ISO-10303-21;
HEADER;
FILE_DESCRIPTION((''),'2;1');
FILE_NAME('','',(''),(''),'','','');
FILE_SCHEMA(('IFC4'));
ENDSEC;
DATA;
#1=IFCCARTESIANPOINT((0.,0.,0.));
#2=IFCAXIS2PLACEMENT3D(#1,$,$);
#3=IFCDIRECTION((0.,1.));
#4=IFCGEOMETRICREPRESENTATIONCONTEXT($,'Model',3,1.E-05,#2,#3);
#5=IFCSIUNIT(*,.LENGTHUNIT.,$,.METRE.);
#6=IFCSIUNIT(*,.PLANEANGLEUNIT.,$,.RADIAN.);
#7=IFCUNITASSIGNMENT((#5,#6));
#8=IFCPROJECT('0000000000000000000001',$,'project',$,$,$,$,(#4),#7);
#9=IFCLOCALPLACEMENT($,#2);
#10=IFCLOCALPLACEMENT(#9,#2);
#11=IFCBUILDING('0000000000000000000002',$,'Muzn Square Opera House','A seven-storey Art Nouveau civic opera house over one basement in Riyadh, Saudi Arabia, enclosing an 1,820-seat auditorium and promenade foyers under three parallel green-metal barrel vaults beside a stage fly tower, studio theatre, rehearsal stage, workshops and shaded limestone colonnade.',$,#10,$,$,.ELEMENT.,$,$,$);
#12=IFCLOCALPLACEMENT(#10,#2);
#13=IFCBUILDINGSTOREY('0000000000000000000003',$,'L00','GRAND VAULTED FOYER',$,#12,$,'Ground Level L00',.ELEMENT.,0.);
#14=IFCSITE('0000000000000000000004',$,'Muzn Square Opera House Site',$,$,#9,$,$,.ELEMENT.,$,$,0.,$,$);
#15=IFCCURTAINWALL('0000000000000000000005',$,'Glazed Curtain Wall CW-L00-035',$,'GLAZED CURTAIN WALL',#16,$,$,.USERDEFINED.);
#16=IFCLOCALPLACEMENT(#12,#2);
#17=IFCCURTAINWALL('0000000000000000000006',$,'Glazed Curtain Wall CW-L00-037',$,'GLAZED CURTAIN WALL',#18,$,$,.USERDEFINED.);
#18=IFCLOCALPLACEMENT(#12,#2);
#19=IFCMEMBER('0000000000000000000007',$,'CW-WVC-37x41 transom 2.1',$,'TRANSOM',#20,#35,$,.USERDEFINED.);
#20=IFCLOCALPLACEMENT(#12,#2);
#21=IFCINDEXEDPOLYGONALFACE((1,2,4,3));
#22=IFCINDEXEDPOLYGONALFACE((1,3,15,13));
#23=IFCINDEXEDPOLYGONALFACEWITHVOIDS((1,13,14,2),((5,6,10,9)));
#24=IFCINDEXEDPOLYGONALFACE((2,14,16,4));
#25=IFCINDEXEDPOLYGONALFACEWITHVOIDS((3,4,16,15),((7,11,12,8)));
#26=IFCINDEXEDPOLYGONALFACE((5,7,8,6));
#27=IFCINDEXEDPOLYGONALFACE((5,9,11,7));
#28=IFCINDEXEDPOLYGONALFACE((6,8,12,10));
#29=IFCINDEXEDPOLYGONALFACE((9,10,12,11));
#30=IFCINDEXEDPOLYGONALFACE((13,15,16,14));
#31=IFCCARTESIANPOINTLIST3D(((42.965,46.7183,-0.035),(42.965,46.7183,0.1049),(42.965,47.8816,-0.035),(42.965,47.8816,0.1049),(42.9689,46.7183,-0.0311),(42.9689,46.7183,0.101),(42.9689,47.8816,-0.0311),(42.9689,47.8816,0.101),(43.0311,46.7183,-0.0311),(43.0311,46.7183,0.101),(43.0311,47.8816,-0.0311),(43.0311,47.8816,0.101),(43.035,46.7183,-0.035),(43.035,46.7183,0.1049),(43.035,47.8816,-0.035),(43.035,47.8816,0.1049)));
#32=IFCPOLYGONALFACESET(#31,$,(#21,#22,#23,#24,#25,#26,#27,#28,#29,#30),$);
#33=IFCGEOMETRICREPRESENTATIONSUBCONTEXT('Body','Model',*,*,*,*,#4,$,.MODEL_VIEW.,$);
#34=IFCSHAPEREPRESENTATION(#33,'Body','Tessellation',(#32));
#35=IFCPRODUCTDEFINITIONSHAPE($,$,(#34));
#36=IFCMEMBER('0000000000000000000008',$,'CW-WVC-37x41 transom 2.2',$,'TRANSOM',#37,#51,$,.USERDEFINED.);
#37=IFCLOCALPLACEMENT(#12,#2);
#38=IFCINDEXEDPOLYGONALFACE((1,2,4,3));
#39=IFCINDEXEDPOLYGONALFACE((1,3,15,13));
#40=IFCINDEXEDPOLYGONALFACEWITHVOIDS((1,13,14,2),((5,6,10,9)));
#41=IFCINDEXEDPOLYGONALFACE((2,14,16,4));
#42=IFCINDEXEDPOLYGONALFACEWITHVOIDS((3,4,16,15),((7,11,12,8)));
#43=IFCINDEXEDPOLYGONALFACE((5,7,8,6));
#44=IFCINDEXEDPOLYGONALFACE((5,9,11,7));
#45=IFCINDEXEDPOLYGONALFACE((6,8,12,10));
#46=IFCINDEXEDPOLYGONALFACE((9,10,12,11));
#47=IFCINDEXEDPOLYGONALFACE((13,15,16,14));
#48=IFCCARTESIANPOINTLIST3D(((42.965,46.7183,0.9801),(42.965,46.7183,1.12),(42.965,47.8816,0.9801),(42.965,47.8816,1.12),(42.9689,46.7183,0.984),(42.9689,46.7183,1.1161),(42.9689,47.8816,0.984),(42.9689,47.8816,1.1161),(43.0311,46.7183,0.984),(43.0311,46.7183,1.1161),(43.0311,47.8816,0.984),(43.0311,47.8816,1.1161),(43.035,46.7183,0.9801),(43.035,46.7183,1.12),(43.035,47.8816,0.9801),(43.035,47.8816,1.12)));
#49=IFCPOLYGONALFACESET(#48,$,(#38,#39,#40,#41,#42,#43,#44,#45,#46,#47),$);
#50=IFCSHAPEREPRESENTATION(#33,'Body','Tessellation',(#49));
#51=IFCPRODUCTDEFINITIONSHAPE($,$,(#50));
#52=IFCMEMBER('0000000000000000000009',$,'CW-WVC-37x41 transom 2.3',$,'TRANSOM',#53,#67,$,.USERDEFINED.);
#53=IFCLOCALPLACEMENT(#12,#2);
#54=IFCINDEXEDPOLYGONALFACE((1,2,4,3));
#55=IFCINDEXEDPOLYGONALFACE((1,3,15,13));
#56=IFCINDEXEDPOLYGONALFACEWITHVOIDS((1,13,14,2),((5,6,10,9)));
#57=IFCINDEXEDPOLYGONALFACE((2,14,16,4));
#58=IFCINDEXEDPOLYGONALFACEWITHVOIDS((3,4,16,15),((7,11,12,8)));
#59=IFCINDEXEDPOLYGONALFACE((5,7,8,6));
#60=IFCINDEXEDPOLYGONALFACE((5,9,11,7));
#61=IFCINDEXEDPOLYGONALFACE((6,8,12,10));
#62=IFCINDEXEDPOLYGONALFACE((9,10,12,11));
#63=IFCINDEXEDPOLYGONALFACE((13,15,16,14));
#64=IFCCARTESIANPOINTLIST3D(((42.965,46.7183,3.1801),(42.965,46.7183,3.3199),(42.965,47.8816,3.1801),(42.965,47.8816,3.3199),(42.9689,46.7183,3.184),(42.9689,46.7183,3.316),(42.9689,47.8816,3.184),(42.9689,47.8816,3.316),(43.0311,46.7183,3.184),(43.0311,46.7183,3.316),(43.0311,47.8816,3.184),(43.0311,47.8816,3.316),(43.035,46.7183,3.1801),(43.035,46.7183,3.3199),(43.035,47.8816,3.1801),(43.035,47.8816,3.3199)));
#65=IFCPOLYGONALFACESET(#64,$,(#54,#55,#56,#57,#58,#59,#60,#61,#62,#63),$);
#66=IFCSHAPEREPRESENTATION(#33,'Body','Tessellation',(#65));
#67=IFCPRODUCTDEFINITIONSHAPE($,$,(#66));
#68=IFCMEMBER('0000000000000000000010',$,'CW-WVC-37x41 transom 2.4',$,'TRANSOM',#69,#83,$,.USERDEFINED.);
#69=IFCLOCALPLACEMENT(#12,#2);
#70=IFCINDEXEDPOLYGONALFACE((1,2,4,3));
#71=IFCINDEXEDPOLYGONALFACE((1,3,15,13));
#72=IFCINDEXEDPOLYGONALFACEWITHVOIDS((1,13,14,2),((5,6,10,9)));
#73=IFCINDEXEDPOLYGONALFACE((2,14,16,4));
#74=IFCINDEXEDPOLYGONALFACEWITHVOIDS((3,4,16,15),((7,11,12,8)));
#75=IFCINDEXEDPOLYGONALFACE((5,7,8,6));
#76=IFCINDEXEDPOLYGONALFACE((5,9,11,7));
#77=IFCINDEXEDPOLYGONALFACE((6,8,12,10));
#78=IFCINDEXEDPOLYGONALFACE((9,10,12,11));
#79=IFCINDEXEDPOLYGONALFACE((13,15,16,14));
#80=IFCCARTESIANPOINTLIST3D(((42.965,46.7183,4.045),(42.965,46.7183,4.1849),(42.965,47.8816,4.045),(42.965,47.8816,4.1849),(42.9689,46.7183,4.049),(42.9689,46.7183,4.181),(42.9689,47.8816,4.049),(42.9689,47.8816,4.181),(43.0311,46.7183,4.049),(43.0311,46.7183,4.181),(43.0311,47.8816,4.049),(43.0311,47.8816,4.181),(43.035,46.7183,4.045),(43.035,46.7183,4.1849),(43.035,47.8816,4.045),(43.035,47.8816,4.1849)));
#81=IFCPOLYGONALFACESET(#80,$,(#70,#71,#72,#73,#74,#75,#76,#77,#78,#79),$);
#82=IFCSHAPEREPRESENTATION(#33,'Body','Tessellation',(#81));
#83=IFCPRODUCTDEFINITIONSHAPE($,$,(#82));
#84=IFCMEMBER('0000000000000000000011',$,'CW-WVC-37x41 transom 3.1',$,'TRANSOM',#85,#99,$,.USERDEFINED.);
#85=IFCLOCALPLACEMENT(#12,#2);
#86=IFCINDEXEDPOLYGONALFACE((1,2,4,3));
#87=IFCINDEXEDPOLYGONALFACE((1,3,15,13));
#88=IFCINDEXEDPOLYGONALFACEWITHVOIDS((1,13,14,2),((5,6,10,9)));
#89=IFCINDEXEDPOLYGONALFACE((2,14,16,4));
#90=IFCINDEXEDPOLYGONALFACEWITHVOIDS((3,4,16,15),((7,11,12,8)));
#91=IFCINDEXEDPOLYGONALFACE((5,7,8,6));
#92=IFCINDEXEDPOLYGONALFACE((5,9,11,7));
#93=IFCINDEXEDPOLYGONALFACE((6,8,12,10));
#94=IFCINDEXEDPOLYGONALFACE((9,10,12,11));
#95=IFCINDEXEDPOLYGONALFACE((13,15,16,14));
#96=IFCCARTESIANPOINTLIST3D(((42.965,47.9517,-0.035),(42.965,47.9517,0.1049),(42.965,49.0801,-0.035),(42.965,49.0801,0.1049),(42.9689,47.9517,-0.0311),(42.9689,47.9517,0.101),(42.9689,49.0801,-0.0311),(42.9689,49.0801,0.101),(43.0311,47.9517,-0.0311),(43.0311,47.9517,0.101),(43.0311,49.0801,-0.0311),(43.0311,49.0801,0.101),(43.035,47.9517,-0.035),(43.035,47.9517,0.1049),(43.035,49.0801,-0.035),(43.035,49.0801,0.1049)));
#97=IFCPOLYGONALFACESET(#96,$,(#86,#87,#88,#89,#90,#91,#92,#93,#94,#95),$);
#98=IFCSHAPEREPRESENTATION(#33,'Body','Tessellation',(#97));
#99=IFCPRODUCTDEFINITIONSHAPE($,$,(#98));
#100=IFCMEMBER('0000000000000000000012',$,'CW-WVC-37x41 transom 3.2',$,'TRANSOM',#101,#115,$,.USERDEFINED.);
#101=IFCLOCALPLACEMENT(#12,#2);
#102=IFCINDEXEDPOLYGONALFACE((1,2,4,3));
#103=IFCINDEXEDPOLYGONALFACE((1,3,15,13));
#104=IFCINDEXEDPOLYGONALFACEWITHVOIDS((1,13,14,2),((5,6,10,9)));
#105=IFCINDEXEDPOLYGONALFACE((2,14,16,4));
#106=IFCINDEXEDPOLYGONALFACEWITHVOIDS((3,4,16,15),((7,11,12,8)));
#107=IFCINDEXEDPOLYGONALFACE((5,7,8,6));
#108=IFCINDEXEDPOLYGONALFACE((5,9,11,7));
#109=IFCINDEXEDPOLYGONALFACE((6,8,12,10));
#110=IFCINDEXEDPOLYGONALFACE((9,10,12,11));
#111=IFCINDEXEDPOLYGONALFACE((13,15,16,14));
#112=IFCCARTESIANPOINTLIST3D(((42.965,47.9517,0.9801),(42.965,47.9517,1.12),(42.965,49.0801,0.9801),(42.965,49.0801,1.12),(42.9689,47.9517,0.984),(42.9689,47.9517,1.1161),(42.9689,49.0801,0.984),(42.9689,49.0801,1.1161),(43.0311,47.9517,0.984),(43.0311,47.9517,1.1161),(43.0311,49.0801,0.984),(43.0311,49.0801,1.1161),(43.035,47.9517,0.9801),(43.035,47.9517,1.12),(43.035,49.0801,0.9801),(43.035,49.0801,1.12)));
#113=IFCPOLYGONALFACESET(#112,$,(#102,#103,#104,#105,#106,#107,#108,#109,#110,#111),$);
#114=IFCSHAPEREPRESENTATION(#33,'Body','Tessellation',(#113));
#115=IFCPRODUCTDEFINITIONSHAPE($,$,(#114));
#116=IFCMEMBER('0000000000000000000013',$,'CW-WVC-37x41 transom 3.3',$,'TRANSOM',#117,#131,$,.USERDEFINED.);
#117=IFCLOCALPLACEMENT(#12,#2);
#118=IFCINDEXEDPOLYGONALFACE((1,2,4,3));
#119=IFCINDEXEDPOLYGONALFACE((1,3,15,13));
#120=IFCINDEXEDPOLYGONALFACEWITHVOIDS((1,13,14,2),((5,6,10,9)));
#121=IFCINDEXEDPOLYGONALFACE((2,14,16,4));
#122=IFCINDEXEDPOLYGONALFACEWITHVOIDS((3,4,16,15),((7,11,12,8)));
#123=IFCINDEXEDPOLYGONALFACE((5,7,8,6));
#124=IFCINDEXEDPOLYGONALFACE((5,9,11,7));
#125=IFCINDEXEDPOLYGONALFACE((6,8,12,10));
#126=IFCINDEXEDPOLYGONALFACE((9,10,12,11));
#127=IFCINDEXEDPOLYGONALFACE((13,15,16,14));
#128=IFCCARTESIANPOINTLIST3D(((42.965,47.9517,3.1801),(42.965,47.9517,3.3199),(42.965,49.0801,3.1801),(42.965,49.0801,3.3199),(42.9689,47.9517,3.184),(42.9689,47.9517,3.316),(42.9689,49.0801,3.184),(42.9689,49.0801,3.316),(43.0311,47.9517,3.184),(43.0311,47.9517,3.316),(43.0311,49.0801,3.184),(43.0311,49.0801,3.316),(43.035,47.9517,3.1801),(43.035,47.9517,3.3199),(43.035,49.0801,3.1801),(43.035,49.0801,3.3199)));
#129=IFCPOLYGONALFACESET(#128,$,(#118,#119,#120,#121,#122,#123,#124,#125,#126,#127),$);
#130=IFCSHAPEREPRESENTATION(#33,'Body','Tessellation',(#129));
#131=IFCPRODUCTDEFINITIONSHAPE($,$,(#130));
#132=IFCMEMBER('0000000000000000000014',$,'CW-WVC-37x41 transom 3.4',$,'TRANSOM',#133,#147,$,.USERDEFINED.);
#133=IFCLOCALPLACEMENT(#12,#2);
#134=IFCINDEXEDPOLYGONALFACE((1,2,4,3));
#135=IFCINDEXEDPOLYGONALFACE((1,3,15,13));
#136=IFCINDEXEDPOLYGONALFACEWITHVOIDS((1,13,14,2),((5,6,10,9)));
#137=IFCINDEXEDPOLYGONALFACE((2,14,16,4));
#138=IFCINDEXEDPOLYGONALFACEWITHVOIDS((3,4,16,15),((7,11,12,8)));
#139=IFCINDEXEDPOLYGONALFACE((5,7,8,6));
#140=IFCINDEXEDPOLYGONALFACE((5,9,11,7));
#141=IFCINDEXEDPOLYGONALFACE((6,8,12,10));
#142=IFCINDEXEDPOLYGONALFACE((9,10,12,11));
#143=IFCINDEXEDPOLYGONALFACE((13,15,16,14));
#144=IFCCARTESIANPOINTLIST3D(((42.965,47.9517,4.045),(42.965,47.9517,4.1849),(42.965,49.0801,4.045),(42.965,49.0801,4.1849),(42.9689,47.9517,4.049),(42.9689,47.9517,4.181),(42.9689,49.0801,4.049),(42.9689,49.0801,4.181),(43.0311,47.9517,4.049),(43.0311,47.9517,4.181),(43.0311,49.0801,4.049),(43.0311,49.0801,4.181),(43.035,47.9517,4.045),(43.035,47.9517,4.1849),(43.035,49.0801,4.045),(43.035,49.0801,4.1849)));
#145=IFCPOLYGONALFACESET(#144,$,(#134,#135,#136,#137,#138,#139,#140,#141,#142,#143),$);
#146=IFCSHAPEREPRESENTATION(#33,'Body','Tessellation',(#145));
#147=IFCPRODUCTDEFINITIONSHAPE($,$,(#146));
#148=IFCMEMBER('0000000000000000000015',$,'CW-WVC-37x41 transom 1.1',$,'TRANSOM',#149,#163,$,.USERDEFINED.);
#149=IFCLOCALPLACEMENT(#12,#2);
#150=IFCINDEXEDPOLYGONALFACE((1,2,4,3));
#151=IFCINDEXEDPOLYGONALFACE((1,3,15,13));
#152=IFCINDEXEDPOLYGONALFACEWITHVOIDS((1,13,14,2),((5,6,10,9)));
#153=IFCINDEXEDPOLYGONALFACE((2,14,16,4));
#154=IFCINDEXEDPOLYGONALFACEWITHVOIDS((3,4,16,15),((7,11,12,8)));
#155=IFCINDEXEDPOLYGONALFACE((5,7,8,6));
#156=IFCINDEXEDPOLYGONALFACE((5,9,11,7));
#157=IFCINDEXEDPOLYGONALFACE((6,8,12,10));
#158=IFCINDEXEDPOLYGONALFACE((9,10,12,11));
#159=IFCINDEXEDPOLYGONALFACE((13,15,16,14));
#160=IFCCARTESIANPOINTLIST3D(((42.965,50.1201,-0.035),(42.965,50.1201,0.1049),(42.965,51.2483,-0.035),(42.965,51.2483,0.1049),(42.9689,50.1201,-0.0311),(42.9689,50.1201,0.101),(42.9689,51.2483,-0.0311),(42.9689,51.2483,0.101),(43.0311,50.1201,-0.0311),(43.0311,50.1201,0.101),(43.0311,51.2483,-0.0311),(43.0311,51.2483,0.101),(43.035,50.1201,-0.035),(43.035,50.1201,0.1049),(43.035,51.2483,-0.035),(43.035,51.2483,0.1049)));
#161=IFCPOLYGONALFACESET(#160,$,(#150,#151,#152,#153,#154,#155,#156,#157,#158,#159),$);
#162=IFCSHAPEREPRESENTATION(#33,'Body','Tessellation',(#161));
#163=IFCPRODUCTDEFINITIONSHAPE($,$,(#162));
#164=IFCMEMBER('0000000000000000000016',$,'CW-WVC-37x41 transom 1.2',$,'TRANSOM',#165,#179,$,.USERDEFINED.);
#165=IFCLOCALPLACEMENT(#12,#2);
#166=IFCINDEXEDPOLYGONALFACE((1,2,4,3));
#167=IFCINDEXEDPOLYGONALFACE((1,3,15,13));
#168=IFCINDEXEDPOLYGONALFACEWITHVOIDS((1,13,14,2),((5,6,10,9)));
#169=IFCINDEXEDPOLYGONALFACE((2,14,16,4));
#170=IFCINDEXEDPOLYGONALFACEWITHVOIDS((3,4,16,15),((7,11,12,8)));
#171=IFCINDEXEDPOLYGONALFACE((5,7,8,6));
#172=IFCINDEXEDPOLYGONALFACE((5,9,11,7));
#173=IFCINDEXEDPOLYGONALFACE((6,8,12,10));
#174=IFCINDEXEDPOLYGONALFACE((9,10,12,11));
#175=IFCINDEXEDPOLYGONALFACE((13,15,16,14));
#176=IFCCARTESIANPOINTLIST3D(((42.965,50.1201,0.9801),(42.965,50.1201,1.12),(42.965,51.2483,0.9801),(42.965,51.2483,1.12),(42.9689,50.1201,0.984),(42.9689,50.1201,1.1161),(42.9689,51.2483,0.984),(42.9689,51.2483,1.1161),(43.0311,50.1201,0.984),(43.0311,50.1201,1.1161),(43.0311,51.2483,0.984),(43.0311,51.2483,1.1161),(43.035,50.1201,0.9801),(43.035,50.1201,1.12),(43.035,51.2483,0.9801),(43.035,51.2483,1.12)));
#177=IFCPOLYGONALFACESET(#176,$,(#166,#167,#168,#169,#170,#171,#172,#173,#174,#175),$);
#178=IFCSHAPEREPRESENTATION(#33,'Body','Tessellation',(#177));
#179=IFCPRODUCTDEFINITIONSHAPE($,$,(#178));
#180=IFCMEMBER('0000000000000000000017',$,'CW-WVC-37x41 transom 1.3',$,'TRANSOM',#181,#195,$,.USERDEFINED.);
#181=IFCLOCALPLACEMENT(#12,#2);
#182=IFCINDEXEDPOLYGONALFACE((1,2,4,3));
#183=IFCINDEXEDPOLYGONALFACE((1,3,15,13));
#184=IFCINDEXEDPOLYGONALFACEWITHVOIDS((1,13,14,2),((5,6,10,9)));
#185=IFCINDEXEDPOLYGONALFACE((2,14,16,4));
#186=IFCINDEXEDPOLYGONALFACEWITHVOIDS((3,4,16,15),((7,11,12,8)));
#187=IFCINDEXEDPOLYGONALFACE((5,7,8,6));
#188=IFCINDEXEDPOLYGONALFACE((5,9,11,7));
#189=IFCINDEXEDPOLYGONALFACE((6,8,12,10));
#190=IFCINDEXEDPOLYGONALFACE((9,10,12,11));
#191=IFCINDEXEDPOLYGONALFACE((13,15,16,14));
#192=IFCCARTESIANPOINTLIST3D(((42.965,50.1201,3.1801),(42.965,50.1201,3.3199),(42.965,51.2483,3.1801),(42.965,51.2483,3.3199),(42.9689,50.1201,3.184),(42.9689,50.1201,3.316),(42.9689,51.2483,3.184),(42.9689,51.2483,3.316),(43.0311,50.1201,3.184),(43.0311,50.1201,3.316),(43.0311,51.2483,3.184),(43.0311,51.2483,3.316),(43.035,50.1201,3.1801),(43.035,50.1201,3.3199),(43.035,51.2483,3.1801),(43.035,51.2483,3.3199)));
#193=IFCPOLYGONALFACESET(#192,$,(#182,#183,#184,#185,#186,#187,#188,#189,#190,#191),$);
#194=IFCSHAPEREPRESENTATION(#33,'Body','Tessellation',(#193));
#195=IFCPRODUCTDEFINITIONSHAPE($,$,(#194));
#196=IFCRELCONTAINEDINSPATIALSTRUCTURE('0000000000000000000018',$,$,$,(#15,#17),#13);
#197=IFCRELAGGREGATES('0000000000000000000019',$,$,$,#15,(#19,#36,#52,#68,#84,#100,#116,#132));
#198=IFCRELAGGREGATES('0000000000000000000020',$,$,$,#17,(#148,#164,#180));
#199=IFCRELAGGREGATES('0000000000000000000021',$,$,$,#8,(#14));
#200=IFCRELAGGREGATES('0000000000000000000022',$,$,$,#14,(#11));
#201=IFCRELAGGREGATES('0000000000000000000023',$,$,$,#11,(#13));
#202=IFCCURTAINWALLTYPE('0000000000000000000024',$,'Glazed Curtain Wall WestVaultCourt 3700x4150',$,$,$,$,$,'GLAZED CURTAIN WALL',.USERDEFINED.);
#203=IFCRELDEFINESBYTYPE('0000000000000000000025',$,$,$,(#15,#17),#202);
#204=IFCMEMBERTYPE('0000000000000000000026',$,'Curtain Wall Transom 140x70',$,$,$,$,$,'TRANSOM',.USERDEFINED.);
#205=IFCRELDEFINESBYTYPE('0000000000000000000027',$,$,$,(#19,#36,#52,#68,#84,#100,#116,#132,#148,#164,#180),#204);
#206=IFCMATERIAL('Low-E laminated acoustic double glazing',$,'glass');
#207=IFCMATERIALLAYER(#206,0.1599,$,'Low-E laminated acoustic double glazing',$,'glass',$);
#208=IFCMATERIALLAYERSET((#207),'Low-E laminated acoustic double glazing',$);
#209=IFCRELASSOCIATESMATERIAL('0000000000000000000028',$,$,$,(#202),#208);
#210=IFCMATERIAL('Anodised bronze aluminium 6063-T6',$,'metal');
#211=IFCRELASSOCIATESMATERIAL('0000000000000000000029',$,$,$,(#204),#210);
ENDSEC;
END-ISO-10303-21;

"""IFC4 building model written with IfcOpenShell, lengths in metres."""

from ifc_helpers import new_model, si_unit, direction, frame, origin, origin_2d, place, context, subcontext, project, spatial, hollow_rectangle, extrude, material, layer, layer_set, material_profile, profile_set, type_object, element, aggregate, save


model = new_model("IFC4")

# Units and contexts
model_context = context("Model", 3, precision=1e-05, world=origin(), true_north=direction((0.0, 1.0)))
body_context = subcontext(model_context, "Body", "Model", "MODEL_VIEW")
ifc_project = project(units=[si_unit("LENGTHUNIT", "METRE"), si_unit("PLANEANGLEUNIT", "RADIAN")], contexts=[model_context])

# Site, building, storey
site_placement = place(None, origin())
site = spatial("IfcSite", under=ifc_project, at=site_placement, Name="Muzn Square Opera House Site", CompositionType="ELEMENT", RefElevation=0.0)
building_placement = place(site_placement, origin())
building = spatial("IfcBuilding", under=site, at=building_placement, Name="Muzn Square Opera House", Description="A seven-storey Art Nouveau civic opera house over one basement in Riyadh, Saudi Arabia, enclosing an 1,820-seat auditorium and promenade foyers under three parallel green-metal barrel vaults beside a stage fly tower, studio theatre, rehearsal stage, workshops and shaded limestone colonnade.", CompositionType="ELEMENT")
storey_placement = place(building_placement, origin())
storey = spatial("IfcBuildingStorey", under=building, at=storey_placement, Name="L00", Description="GRAND VAULTED FOYER", LongName="Ground Level L00", CompositionType="ELEMENT", Elevation=0.0)

# Curtain walls
ifc_material_1 = material(Name="Low-E laminated acoustic double glazing", Category="glass")
ifc_layer_1 = layer(ifc_material_1, 0.1599, Name="Low-E laminated acoustic double glazing", Category="glass")
ifc_layer_set_1 = layer_set([ifc_layer_1], Name="Low-E laminated acoustic double glazing")
curtain_wall_type = type_object("IfcCurtainWallType", Name="Glazed Curtain Wall WestVaultCourt 3700x4150", ElementType="GLAZED CURTAIN WALL", PredefinedType="USERDEFINED", material=ifc_layer_set_1)
curtain_wall_1_placement = place(storey_placement, origin())
curtain_wall_1 = element("IfcCurtainWall", 1, at=curtain_wall_1_placement, inside=storey, type_object=curtain_wall_type, Name="Glazed Curtain Wall CW-L00-035", ObjectType="GLAZED CURTAIN WALL", PredefinedType="USERDEFINED")
ifc_material_2 = material(Name="Anodised bronze aluminium 6063-T6", Category="metal")
curtain_wall_2_placement = place(storey_placement, origin())
curtain_wall_2 = element("IfcCurtainWall", 2, at=curtain_wall_2_placement, inside=storey, type_object=curtain_wall_type, Name="Glazed Curtain Wall CW-L00-037", ObjectType="GLAZED CURTAIN WALL", PredefinedType="USERDEFINED")

# Members
ifc_material_profile_1 = material_profile(ifc_material_2, hollow_rectangle(XDim=0.0701, YDim=0.1399, WallThickness=0.0039, at=origin_2d()), Name="ALU 140x70x4", Category="metal")
ifc_profile_set_1 = profile_set([ifc_material_profile_1], Name="Anodised bronze aluminium 6063-T6")
member_type_1 = type_object("IfcMemberType", Name="Curtain Wall Transom 140x70", ElementType="TRANSOM", PredefinedType="USERDEFINED", material=ifc_profile_set_1)
member_1_placement = place(storey_placement, frame((43.0, 46.7183, 0.0349), z_axis=(0.0, 1.0, 0.0), x_axis=(-1.0, 0.0, 0.0)))
member_1 = element("IfcMember", 3, at=member_1_placement, type_object=member_type_1, Name="CW-WVC-37x41 transom 2.1", ObjectType="TRANSOM", PredefinedType="USERDEFINED", context=body_context, shape_type="SweptSolid", body=[
    extrude(hollow_rectangle(XDim=0.0701, YDim=0.1399, WallThickness=0.0039, at=origin_2d()), origin(), (0.0, 0.0, 1.0), 1.1633),
])
member_2_placement = place(storey_placement, frame((43.0, 46.7183, 1.05), z_axis=(0.0, 1.0, 0.0), x_axis=(-1.0, 0.0, 0.0)))
member_2 = element("IfcMember", 4, at=member_2_placement, type_object=member_type_1, Name="CW-WVC-37x41 transom 2.2", ObjectType="TRANSOM", PredefinedType="USERDEFINED", context=body_context, shape_type="SweptSolid", body=[
    extrude(hollow_rectangle(XDim=0.0701, YDim=0.1399, WallThickness=0.0039, at=origin_2d()), origin(), (0.0, 0.0, 1.0), 1.1633),
])
member_3_placement = place(storey_placement, frame((43.0, 46.7183, 3.25), z_axis=(0.0, 1.0, 0.0), x_axis=(-1.0, 0.0, 0.0)))
member_3 = element("IfcMember", 5, at=member_3_placement, type_object=member_type_1, Name="CW-WVC-37x41 transom 2.3", ObjectType="TRANSOM", PredefinedType="USERDEFINED", context=body_context, shape_type="SweptSolid", body=[
    extrude(hollow_rectangle(XDim=0.0701, YDim=0.1399, WallThickness=0.0039, at=origin_2d()), origin(), (0.0, 0.0, 1.0), 1.1633),
])
member_4_placement = place(storey_placement, frame((43.0, 46.7183, 4.115), z_axis=(0.0, 1.0, 0.0), x_axis=(-1.0, 0.0, 0.0)))
member_4 = element("IfcMember", 6, at=member_4_placement, type_object=member_type_1, Name="CW-WVC-37x41 transom 2.4", ObjectType="TRANSOM", PredefinedType="USERDEFINED", context=body_context, shape_type="SweptSolid", body=[
    extrude(hollow_rectangle(XDim=0.0701, YDim=0.1399, WallThickness=0.0039, at=origin_2d()), origin(), (0.0, 0.0, 1.0), 1.1633),
])
member_5_placement = place(storey_placement, frame((43.0, 47.9517, 0.0349), z_axis=(0.0, 1.0, 0.0), x_axis=(-1.0, 0.0, 0.0)))
member_5 = element("IfcMember", 7, at=member_5_placement, type_object=member_type_1, Name="CW-WVC-37x41 transom 3.1", ObjectType="TRANSOM", PredefinedType="USERDEFINED", context=body_context, shape_type="SweptSolid", body=[
    extrude(hollow_rectangle(XDim=0.0701, YDim=0.1399, WallThickness=0.0039, at=origin_2d()), origin(), (0.0, 0.0, 1.0), 1.1284),
])
member_6_placement = place(storey_placement, frame((43.0, 47.9517, 1.05), z_axis=(0.0, 1.0, 0.0), x_axis=(-1.0, 0.0, 0.0)))
member_6 = element("IfcMember", 8, at=member_6_placement, type_object=member_type_1, Name="CW-WVC-37x41 transom 3.2", ObjectType="TRANSOM", PredefinedType="USERDEFINED", context=body_context, shape_type="SweptSolid", body=[
    extrude(hollow_rectangle(XDim=0.0701, YDim=0.1399, WallThickness=0.0039, at=origin_2d()), origin(), (0.0, 0.0, 1.0), 1.1284),
])
member_7_placement = place(storey_placement, frame((43.0, 47.9517, 3.25), z_axis=(0.0, 1.0, 0.0), x_axis=(-1.0, 0.0, 0.0)))
member_7 = element("IfcMember", 9, at=member_7_placement, type_object=member_type_1, Name="CW-WVC-37x41 transom 3.3", ObjectType="TRANSOM", PredefinedType="USERDEFINED", context=body_context, shape_type="SweptSolid", body=[
    extrude(hollow_rectangle(XDim=0.0701, YDim=0.1399, WallThickness=0.0039, at=origin_2d()), origin(), (0.0, 0.0, 1.0), 1.1284),
])
member_8_placement = place(storey_placement, frame((43.0, 47.9517, 4.115), z_axis=(0.0, 1.0, 0.0), x_axis=(-1.0, 0.0, 0.0)))
member_8 = element("IfcMember", 10, at=member_8_placement, type_object=member_type_1, Name="CW-WVC-37x41 transom 3.4", ObjectType="TRANSOM", PredefinedType="USERDEFINED", context=body_context, shape_type="SweptSolid", body=[
    extrude(hollow_rectangle(XDim=0.0701, YDim=0.1399, WallThickness=0.0039, at=origin_2d()), origin(), (0.0, 0.0, 1.0), 1.1284),
])
member_9_placement = place(storey_placement, frame((43.0, 50.1201, 0.0349), z_axis=(0.0, 1.0, 0.0), x_axis=(-1.0, 0.0, 0.0)))
member_9 = element("IfcMember", 11, at=member_9_placement, type_object=member_type_1, Name="CW-WVC-37x41 transom 1.1", ObjectType="TRANSOM", PredefinedType="USERDEFINED", context=body_context, shape_type="SweptSolid", body=[
    extrude(hollow_rectangle(XDim=0.0701, YDim=0.1399, WallThickness=0.0039, at=origin_2d()), origin(), (0.0, 0.0, 1.0), 1.1282),
])
member_10_placement = place(storey_placement, frame((43.0, 50.1201, 1.05), z_axis=(0.0, 1.0, 0.0), x_axis=(-1.0, 0.0, 0.0)))
member_10 = element("IfcMember", 12, at=member_10_placement, type_object=member_type_1, Name="CW-WVC-37x41 transom 1.2", ObjectType="TRANSOM", PredefinedType="USERDEFINED", context=body_context, shape_type="SweptSolid", body=[
    extrude(hollow_rectangle(XDim=0.0701, YDim=0.1399, WallThickness=0.0039, at=origin_2d()), origin(), (0.0, 0.0, 1.0), 1.1282),
])
member_11_placement = place(storey_placement, frame((43.0, 50.1201, 3.25), z_axis=(0.0, 1.0, 0.0), x_axis=(-1.0, 0.0, 0.0)))
member_11 = element("IfcMember", 13, at=member_11_placement, type_object=member_type_1, Name="CW-WVC-37x41 transom 1.3", ObjectType="TRANSOM", PredefinedType="USERDEFINED", context=body_context, shape_type="SweptSolid", body=[
    extrude(hollow_rectangle(XDim=0.0701, YDim=0.1399, WallThickness=0.0039, at=origin_2d()), origin(), (0.0, 0.0, 1.0), 1.1282),
])

aggregate(curtain_wall_1, [member_1, member_2, member_3, member_4, member_5, member_6, member_7, member_8])
aggregate(curtain_wall_2, [member_9, member_10, member_11])

save(model, "model.ifc")
